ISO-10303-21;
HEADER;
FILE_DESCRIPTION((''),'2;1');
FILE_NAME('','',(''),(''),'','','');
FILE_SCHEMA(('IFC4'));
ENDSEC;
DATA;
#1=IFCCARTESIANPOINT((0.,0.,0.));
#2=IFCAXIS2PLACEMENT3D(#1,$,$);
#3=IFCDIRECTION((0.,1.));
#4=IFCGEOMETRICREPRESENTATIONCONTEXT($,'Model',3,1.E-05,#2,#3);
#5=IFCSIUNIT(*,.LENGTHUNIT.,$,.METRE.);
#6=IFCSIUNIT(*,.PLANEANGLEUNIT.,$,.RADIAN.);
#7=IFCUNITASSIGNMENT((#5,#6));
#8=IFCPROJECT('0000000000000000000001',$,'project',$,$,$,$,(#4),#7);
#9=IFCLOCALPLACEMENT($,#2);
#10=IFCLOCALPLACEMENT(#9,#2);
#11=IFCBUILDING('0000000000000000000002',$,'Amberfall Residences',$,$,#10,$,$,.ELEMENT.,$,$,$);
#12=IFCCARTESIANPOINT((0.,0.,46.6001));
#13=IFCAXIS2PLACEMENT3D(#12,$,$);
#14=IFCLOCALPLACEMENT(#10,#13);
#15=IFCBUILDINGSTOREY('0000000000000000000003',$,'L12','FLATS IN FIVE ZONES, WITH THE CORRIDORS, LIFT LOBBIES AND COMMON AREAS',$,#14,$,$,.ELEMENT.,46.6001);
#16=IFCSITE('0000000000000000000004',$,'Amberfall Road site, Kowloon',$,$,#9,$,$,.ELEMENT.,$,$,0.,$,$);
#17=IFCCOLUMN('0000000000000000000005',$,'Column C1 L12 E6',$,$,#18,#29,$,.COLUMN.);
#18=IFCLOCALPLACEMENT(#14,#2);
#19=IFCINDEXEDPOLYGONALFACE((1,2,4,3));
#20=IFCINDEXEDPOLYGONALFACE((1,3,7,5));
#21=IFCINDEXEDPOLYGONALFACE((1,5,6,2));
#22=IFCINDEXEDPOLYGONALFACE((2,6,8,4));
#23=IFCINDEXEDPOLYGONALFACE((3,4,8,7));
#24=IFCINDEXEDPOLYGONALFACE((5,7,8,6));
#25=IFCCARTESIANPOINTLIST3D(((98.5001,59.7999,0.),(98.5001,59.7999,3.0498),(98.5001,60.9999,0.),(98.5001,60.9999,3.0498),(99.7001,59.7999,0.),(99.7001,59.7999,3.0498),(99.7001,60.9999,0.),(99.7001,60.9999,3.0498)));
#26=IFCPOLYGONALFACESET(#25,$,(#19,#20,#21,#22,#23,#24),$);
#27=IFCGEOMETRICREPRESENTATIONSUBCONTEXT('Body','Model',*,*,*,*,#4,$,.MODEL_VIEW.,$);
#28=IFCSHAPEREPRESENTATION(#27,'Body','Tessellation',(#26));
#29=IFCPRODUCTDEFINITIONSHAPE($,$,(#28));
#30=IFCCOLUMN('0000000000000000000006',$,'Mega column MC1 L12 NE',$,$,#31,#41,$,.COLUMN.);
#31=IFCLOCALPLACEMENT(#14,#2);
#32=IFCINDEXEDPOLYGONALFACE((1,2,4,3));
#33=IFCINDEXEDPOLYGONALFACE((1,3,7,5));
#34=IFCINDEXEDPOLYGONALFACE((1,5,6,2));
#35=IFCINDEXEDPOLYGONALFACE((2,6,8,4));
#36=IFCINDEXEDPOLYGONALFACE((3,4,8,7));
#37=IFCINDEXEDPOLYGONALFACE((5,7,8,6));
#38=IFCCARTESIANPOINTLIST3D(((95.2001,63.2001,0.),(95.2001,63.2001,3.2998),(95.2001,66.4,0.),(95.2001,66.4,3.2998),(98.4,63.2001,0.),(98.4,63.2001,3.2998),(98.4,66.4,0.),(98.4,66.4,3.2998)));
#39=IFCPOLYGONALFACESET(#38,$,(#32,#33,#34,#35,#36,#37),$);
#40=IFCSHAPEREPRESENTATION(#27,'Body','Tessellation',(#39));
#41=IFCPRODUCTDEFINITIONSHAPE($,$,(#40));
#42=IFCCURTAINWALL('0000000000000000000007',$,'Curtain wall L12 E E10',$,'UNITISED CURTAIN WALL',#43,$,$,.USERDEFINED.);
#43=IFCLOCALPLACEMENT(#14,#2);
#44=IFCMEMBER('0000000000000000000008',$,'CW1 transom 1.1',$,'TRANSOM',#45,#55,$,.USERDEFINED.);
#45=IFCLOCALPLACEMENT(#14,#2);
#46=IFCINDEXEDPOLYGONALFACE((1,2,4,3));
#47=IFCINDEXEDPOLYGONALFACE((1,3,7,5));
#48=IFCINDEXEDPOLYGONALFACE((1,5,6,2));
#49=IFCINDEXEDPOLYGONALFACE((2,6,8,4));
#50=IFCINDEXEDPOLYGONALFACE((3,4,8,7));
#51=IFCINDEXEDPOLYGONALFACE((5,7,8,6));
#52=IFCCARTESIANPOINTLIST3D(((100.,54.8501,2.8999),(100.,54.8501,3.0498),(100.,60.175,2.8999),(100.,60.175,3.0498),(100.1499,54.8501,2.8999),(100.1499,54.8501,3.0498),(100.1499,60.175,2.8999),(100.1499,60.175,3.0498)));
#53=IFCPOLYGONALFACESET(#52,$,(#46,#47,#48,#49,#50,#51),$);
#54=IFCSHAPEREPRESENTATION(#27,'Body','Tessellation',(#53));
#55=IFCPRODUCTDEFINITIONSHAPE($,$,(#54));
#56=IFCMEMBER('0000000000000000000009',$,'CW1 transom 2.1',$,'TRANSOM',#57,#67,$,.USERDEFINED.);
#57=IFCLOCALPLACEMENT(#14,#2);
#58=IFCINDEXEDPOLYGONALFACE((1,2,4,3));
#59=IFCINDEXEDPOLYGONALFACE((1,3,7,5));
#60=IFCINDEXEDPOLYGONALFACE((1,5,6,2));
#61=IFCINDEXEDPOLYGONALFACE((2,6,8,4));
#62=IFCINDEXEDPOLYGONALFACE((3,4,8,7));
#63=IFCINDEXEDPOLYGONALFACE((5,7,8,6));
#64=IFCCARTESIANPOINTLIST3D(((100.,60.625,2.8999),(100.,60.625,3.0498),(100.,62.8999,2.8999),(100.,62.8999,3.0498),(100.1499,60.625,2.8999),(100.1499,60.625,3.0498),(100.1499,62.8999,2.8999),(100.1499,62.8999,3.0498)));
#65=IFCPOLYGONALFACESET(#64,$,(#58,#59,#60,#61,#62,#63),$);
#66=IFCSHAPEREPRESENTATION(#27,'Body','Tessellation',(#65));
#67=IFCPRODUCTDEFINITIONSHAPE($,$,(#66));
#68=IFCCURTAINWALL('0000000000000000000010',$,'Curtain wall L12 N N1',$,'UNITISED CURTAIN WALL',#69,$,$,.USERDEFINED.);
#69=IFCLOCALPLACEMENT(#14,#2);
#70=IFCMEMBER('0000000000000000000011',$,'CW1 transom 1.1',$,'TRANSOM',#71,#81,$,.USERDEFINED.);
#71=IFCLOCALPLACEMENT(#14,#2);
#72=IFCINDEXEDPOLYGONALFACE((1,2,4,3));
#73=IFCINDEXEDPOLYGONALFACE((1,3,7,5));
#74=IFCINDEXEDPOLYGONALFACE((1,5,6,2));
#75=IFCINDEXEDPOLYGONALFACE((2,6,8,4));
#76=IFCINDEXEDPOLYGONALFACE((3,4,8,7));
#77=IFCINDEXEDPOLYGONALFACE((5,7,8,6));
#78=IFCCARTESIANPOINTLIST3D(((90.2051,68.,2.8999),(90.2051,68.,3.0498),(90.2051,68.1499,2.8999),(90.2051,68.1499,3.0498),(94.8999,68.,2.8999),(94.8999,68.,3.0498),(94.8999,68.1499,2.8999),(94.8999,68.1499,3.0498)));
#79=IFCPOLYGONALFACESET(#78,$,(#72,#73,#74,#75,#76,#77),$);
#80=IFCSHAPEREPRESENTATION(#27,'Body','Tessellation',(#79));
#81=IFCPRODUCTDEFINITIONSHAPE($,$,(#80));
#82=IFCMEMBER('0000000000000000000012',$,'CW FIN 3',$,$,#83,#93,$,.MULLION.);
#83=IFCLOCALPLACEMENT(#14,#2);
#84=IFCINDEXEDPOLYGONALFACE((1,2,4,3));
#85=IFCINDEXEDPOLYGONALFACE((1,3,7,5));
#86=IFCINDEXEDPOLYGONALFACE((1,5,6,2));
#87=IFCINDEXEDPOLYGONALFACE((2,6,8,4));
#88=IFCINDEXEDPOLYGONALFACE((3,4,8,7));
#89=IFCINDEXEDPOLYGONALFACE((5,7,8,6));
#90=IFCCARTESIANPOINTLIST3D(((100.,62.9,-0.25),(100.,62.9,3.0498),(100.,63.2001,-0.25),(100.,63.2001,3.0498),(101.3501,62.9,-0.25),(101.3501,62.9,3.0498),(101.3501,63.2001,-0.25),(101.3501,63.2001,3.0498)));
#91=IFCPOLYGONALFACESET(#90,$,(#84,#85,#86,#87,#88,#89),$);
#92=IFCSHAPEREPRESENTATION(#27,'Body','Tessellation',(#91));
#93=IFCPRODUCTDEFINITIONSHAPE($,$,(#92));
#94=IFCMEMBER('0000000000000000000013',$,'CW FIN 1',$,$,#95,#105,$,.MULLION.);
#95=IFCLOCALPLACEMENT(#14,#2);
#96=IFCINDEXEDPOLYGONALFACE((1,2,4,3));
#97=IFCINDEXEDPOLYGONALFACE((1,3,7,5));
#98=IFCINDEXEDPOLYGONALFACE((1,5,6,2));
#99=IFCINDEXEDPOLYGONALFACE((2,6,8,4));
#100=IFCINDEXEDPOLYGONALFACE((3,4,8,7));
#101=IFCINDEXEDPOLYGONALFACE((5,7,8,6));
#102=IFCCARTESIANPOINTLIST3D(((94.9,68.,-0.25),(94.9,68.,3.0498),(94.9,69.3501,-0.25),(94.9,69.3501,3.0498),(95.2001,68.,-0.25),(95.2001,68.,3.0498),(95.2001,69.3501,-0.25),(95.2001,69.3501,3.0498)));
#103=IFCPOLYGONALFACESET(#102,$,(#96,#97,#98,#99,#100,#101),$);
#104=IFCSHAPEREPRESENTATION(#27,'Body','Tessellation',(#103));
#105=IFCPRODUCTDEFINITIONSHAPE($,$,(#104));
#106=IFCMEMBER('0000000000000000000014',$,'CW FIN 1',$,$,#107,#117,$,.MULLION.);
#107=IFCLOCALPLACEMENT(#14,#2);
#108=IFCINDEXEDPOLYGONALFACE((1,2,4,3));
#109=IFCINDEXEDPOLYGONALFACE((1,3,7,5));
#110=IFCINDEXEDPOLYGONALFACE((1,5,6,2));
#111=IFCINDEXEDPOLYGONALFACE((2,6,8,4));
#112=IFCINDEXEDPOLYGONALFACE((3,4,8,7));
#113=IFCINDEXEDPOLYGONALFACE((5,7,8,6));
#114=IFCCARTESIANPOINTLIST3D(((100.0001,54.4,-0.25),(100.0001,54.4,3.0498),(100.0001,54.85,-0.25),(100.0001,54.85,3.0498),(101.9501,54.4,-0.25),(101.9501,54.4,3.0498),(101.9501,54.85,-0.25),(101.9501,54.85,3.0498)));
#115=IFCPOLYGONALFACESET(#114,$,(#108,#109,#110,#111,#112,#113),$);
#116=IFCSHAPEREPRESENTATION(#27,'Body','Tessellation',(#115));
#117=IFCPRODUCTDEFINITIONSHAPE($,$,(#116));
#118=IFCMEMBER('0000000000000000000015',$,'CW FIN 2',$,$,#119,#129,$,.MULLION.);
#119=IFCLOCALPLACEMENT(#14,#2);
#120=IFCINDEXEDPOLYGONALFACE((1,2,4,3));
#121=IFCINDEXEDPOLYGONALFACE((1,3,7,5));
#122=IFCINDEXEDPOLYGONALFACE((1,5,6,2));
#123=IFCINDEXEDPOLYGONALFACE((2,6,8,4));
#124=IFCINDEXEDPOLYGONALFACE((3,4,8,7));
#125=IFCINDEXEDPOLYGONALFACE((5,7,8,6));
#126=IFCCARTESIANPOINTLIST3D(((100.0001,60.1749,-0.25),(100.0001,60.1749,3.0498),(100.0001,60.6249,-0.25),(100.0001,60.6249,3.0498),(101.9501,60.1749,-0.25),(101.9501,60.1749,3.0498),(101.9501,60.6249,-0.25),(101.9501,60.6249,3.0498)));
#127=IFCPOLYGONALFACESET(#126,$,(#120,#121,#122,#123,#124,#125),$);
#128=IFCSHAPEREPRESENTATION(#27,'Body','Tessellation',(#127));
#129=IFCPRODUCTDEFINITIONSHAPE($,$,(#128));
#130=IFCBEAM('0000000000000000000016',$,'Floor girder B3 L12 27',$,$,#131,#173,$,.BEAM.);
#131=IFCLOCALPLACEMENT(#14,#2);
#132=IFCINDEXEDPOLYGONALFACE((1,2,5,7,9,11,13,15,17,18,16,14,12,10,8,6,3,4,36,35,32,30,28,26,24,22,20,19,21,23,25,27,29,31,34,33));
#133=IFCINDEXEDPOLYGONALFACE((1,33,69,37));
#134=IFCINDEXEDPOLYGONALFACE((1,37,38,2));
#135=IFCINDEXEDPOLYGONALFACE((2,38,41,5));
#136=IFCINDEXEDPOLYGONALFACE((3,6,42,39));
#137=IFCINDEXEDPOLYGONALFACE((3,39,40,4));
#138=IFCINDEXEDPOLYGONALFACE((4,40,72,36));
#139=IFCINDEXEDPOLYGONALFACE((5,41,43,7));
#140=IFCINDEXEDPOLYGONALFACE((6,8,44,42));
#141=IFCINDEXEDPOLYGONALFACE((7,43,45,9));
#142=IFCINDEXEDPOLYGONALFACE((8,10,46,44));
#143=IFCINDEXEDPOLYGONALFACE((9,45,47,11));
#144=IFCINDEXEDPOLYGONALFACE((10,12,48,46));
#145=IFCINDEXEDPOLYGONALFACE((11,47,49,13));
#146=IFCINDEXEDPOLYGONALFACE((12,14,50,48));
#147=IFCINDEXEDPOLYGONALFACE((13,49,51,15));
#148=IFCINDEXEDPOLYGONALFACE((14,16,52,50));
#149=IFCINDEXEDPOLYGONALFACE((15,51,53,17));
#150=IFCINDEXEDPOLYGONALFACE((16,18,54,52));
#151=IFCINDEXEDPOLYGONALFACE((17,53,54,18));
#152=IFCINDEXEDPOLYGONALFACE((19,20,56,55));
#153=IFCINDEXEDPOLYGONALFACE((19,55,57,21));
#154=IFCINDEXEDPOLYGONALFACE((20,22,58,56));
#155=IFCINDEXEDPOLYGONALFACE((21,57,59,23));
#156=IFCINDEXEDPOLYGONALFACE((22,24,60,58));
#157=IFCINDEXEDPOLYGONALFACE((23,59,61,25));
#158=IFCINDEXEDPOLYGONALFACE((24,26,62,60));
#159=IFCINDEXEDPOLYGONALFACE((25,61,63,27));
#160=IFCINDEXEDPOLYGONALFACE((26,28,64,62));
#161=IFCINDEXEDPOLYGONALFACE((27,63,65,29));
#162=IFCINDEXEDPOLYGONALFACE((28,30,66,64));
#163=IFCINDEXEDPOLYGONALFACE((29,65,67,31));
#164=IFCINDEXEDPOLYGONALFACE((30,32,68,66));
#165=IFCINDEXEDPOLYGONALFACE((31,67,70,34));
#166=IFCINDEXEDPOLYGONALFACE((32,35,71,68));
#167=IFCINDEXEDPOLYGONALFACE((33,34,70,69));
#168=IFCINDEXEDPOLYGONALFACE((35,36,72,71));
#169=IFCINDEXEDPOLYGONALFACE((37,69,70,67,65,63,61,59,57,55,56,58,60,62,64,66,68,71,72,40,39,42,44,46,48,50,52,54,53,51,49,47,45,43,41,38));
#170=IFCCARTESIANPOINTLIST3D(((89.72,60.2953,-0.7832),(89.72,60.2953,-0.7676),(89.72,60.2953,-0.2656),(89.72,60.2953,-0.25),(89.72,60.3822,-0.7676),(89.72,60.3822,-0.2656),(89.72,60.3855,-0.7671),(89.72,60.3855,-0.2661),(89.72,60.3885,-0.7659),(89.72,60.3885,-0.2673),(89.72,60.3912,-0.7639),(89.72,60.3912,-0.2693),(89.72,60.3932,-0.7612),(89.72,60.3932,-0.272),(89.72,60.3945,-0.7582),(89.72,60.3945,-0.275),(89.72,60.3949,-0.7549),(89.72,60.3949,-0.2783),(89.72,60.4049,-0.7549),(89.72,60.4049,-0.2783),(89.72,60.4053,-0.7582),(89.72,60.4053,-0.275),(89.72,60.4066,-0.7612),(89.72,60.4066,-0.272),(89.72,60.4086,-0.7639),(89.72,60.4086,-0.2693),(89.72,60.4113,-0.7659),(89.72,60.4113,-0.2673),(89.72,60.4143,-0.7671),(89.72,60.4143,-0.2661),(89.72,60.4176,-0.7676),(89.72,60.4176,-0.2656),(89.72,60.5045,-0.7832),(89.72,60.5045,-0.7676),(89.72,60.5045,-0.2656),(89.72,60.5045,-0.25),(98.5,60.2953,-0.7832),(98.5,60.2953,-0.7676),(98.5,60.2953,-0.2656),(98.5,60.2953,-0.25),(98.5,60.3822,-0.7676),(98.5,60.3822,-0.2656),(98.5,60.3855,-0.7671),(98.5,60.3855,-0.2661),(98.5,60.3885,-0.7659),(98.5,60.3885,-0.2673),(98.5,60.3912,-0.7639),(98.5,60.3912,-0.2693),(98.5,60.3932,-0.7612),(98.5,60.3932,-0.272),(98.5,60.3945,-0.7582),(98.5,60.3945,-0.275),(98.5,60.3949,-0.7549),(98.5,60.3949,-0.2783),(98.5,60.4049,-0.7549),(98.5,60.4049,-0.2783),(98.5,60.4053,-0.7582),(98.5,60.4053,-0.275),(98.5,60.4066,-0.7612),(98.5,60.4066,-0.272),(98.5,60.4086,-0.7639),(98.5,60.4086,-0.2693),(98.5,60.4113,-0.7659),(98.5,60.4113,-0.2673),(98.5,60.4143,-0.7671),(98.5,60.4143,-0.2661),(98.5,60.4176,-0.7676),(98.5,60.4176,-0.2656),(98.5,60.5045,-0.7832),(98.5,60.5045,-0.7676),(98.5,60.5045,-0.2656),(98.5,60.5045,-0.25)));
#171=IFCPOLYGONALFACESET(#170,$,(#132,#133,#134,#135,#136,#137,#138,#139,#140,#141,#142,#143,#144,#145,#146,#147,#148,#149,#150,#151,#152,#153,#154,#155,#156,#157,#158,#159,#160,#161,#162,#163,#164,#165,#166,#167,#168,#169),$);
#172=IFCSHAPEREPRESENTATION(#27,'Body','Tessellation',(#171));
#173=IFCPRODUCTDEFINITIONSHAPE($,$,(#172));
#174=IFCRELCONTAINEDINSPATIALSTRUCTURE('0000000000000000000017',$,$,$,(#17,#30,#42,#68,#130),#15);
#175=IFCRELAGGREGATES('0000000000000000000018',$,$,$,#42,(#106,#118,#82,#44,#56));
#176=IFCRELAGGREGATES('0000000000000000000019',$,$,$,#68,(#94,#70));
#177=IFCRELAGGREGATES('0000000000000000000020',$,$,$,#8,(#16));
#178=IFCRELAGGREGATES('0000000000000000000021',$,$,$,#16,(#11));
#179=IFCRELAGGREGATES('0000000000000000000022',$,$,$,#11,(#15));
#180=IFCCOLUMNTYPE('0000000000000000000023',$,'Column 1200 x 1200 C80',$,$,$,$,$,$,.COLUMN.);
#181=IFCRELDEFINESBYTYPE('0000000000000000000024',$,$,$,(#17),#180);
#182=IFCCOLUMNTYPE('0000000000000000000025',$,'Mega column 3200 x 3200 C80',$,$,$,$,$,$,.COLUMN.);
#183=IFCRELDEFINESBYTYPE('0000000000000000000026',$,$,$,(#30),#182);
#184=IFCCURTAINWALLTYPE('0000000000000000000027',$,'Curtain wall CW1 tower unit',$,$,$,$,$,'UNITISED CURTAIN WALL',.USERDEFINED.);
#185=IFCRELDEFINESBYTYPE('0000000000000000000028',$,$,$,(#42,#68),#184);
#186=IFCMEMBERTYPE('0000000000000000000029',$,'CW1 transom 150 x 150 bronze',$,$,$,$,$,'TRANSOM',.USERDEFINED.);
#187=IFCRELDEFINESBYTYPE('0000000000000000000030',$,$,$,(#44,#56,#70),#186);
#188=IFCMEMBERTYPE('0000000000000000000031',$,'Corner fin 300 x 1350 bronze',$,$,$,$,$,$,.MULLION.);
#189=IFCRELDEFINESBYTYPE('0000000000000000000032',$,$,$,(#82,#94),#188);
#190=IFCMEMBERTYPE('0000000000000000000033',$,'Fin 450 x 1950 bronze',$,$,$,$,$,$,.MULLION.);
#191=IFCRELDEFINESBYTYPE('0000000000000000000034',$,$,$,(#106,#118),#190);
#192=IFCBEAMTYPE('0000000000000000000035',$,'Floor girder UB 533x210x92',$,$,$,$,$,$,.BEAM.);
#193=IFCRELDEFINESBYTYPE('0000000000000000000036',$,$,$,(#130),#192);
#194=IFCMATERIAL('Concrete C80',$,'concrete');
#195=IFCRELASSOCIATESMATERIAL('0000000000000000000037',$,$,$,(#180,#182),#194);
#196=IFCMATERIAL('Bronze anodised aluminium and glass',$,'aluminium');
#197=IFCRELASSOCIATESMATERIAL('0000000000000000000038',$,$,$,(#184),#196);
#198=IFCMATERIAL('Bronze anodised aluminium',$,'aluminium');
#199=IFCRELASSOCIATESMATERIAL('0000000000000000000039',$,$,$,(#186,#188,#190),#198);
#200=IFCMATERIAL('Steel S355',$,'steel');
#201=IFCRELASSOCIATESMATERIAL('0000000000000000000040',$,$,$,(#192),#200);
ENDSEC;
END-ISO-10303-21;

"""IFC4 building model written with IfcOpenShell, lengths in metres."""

from ifc_helpers import new_model, si_unit, direction, frame, origin, origin_2d, place, context, subcontext, project, spatial, rectangle, i_section, extrude, material, material_profile, profile_set, type_object, element, aggregate, save


model = new_model("IFC4")

# Units and contexts
model_context = context("Model", 3, precision=1e-05, world=origin(), true_north=direction((0.0, 1.0)))
body_context = subcontext(model_context, "Body", "Model", "MODEL_VIEW")
ifc_project = project(units=[si_unit("LENGTHUNIT", "METRE"), si_unit("PLANEANGLEUNIT", "RADIAN")], contexts=[model_context])

# Site, building, storey
site_placement = place(None, origin())
site = spatial("IfcSite", under=ifc_project, at=site_placement, Name="Amberfall Road site, Kowloon", CompositionType="ELEMENT", RefElevation=0.0)
building_placement = place(site_placement, origin())
building = spatial("IfcBuilding", under=site, at=building_placement, Name="Amberfall Residences", CompositionType="ELEMENT")
storey_placement = place(building_placement, frame((0.0, 0.0, 46.6001)))
storey = spatial("IfcBuildingStorey", under=building, at=storey_placement, Name="L12", Description="FLATS IN FIVE ZONES, WITH THE CORRIDORS, LIFT LOBBIES AND COMMON AREAS", CompositionType="ELEMENT", Elevation=46.6001)

# Columns
ifc_material_1 = material(Name="Concrete C80", Category="concrete")
ifc_material_profile_1 = material_profile(ifc_material_1, rectangle(XDim=1.2, YDim=1.2, at=origin_2d()), Name="Column 1200 x 1200 C80")
ifc_profile_set_1 = profile_set([ifc_material_profile_1], Name="Concrete C80")
column_type_1 = type_object("IfcColumnType", Name="Column 1200 x 1200 C80", PredefinedType="COLUMN", material=ifc_profile_set_1)
column_1_placement = place(storey_placement, frame((99.1001, 60.3999, 0.0), z_axis=(0.0, 0.0, 1.0), x_axis=(1.0, 0.0, 0.0)))
element("IfcColumn", 1, at=column_1_placement, inside=storey, type_object=column_type_1, Name="Column C1 L12 E6", PredefinedType="COLUMN", context=body_context, shape_type="SweptSolid", body=[
    extrude(rectangle(XDim=1.2, YDim=1.2, at=origin_2d()), origin(), (0.0, 0.0, 1.0), 3.0498),
])
ifc_material_profile_2 = material_profile(ifc_material_1, rectangle(XDim=3.2, YDim=3.2, at=origin_2d()), Name="Mega column 3200 x 3200 C80")
ifc_profile_set_2 = profile_set([ifc_material_profile_2], Name="Concrete C80")
column_type_2 = type_object("IfcColumnType", Name="Mega column 3200 x 3200 C80", PredefinedType="COLUMN", material=ifc_profile_set_2)
column_2_placement = place(storey_placement, frame((96.8, 64.8, 0.0), z_axis=(0.0, 0.0, 1.0), x_axis=(1.0, 0.0, 0.0)))
element("IfcColumn", 2, at=column_2_placement, inside=storey, type_object=column_type_2, Name="Mega column MC1 L12 NE", PredefinedType="COLUMN", context=body_context, shape_type="SweptSolid", body=[
    extrude(rectangle(XDim=3.2, YDim=3.2, at=origin_2d()), origin(), (0.0, 0.0, 1.0), 3.2998),
])

# Curtain wall, members
ifc_material_2 = material(Name="Bronze anodised aluminium and glass", Category="aluminium")
curtain_wall_type = type_object("IfcCurtainWallType", Name="Curtain wall CW1 tower unit", ElementType="UNITISED CURTAIN WALL", PredefinedType="USERDEFINED", material=ifc_material_2)
curtain_wall_1_placement = place(storey_placement, origin())
curtain_wall_1 = element("IfcCurtainWall", 3, at=curtain_wall_1_placement, inside=storey, type_object=curtain_wall_type, Name="Curtain wall L12 E E10", ObjectType="UNITISED CURTAIN WALL", PredefinedType="USERDEFINED")
ifc_material_3 = material(Name="Bronze anodised aluminium", Category="aluminium")
ifc_material_profile_3 = material_profile(ifc_material_3, rectangle(XDim=0.1499, YDim=0.1499, at=origin_2d()), Name="CW1 transom 150 x 150 bronze")
ifc_profile_set_3 = profile_set([ifc_material_profile_3], Name="Bronze anodised aluminium")
member_type_1 = type_object("IfcMemberType", Name="CW1 transom 150 x 150 bronze", ElementType="TRANSOM", PredefinedType="USERDEFINED", material=ifc_profile_set_3)
member_1_placement = place(storey_placement, frame((100.075, 54.8501, 2.9749), z_axis=(0.0, 1.0, 0.0), x_axis=(-1.0, 0.0, 0.0)))
member_1 = element("IfcMember", 4, at=member_1_placement, type_object=member_type_1, Name="CW1 transom 1.1", ObjectType="TRANSOM", PredefinedType="USERDEFINED", context=body_context, shape_type="SweptSolid", body=[
    extrude(rectangle(XDim=0.1499, YDim=0.1499, at=origin_2d()), origin(), (0.0, 0.0, 1.0), 5.325),
])
member_2_placement = place(storey_placement, frame((100.075, 60.625, 2.9749), z_axis=(0.0, 1.0, 0.0), x_axis=(-1.0, 0.0, 0.0)))
member_2 = element("IfcMember", 5, at=member_2_placement, type_object=member_type_1, Name="CW1 transom 2.1", ObjectType="TRANSOM", PredefinedType="USERDEFINED", context=body_context, shape_type="SweptSolid", body=[
    extrude(rectangle(XDim=0.1499, YDim=0.1499, at=origin_2d()), origin(), (0.0, 0.0, 1.0), 2.2749),
])

# Curtain wall, member
curtain_wall_2_placement = place(storey_placement, origin())
curtain_wall_2 = element("IfcCurtainWall", 6, at=curtain_wall_2_placement, inside=storey, type_object=curtain_wall_type, Name="Curtain wall L12 N N1", ObjectType="UNITISED CURTAIN WALL", PredefinedType="USERDEFINED")
member_3_placement = place(storey_placement, frame((94.8999, 68.075, 2.9749), z_axis=(-1.0, 0.0, 0.0), x_axis=(0.0, -1.0, 0.0)))
member_3 = element("IfcMember", 7, at=member_3_placement, type_object=member_type_1, Name="CW1 transom 1.1", ObjectType="TRANSOM", PredefinedType="USERDEFINED", context=body_context, shape_type="SweptSolid", body=[
    extrude(rectangle(XDim=0.1499, YDim=0.1499, at=origin_2d()), origin(), (0.0, 0.0, 1.0), 4.6948),
])

# Members
ifc_material_profile_4 = material_profile(ifc_material_3, rectangle(XDim=1.3501, YDim=0.3, at=origin_2d()), Name="Corner fin 300 x 1350 bronze")
ifc_profile_set_4 = profile_set([ifc_material_profile_4], Name="Bronze anodised aluminium")
member_type_2 = type_object("IfcMemberType", Name="Corner fin 300 x 1350 bronze", PredefinedType="MULLION", material=ifc_profile_set_4)
member_4_placement = place(storey_placement, frame((100.675, 63.05, -0.25), z_axis=(0.0, 0.0, 1.0), x_axis=(-1.0, 0.0, 0.0)))
member_4 = element("IfcMember", 8, at=member_4_placement, type_object=member_type_2, Name="CW FIN 3", PredefinedType="MULLION", context=body_context, shape_type="SweptSolid", body=[
    extrude(rectangle(XDim=1.3501, YDim=0.3, at=origin_2d()), origin(), (0.0, 0.0, 1.0), 3.2998),
])
member_5_placement = place(storey_placement, frame((95.05, 68.675, -0.25), z_axis=(0.0, 0.0, 1.0), x_axis=(0.0, -1.0, 0.0)))
member_5 = element("IfcMember", 9, at=member_5_placement, type_object=member_type_2, Name="CW FIN 1", PredefinedType="MULLION", context=body_context, shape_type="SweptSolid", body=[
    extrude(rectangle(XDim=1.3501, YDim=0.3, at=origin_2d()), origin(), (0.0, 0.0, 1.0), 3.2998),
])
ifc_material_profile_5 = material_profile(ifc_material_3, rectangle(XDim=1.95, YDim=0.45, at=origin_2d()), Name="Fin 450 x 1950 bronze")
ifc_profile_set_5 = profile_set([ifc_material_profile_5], Name="Bronze anodised aluminium")
member_type_3 = type_object("IfcMemberType", Name="Fin 450 x 1950 bronze", PredefinedType="MULLION", material=ifc_profile_set_5)
member_6_placement = place(storey_placement, frame((100.9751, 54.625, -0.25), z_axis=(0.0, 0.0, 1.0), x_axis=(-1.0, 0.0, 0.0)))
member_6 = element("IfcMember", 10, at=member_6_placement, type_object=member_type_3, Name="CW FIN 1", PredefinedType="MULLION", context=body_context, shape_type="SweptSolid", body=[
    extrude(rectangle(XDim=1.95, YDim=0.45, at=origin_2d()), origin(), (0.0, 0.0, 1.0), 3.2998),
])
member_7_placement = place(storey_placement, frame((100.9751, 60.3999, -0.25), z_axis=(0.0, 0.0, 1.0), x_axis=(-1.0, 0.0, 0.0)))
member_7 = element("IfcMember", 11, at=member_7_placement, type_object=member_type_3, Name="CW FIN 2", PredefinedType="MULLION", context=body_context, shape_type="SweptSolid", body=[
    extrude(rectangle(XDim=1.95, YDim=0.45, at=origin_2d()), origin(), (0.0, 0.0, 1.0), 3.2998),
])

# Beam
ifc_material_4 = material(Name="Steel S355", Category="steel")
ifc_material_profile_6 = material_profile(ifc_material_4, i_section(OverallWidth=0.2092, OverallDepth=0.5332, WebThickness=0.01, FlangeThickness=0.0156, FilletRadius=0.0127, at=origin_2d()), Name="UB 533x210x92")
ifc_profile_set_6 = profile_set([ifc_material_profile_6], Name="Steel S355")
beam_type_1 = type_object("IfcBeamType", Name="Floor girder UB 533x210x92", PredefinedType="BEAM", material=ifc_profile_set_6)
beam_1_placement = place(storey_placement, frame((98.5, 60.3999, -0.5166), z_axis=(-1.0, 0.0, 0.0), x_axis=(0.0, -1.0, 0.0)))
element("IfcBeam", 12, at=beam_1_placement, inside=storey, type_object=beam_type_1, Name="Floor girder B3 L12 27", PredefinedType="BEAM", context=body_context, shape_type="SweptSolid", body=[
    extrude(i_section(OverallWidth=0.2092, OverallDepth=0.5332, WebThickness=0.01, FlangeThickness=0.0156, FilletRadius=0.0127, at=origin_2d()), origin(), (0.0, 0.0, 1.0), 8.78),
])

aggregate(curtain_wall_1, [member_6, member_7, member_4, member_1, member_2])
aggregate(curtain_wall_2, [member_5, member_3])

save(model, "model.ifc")
